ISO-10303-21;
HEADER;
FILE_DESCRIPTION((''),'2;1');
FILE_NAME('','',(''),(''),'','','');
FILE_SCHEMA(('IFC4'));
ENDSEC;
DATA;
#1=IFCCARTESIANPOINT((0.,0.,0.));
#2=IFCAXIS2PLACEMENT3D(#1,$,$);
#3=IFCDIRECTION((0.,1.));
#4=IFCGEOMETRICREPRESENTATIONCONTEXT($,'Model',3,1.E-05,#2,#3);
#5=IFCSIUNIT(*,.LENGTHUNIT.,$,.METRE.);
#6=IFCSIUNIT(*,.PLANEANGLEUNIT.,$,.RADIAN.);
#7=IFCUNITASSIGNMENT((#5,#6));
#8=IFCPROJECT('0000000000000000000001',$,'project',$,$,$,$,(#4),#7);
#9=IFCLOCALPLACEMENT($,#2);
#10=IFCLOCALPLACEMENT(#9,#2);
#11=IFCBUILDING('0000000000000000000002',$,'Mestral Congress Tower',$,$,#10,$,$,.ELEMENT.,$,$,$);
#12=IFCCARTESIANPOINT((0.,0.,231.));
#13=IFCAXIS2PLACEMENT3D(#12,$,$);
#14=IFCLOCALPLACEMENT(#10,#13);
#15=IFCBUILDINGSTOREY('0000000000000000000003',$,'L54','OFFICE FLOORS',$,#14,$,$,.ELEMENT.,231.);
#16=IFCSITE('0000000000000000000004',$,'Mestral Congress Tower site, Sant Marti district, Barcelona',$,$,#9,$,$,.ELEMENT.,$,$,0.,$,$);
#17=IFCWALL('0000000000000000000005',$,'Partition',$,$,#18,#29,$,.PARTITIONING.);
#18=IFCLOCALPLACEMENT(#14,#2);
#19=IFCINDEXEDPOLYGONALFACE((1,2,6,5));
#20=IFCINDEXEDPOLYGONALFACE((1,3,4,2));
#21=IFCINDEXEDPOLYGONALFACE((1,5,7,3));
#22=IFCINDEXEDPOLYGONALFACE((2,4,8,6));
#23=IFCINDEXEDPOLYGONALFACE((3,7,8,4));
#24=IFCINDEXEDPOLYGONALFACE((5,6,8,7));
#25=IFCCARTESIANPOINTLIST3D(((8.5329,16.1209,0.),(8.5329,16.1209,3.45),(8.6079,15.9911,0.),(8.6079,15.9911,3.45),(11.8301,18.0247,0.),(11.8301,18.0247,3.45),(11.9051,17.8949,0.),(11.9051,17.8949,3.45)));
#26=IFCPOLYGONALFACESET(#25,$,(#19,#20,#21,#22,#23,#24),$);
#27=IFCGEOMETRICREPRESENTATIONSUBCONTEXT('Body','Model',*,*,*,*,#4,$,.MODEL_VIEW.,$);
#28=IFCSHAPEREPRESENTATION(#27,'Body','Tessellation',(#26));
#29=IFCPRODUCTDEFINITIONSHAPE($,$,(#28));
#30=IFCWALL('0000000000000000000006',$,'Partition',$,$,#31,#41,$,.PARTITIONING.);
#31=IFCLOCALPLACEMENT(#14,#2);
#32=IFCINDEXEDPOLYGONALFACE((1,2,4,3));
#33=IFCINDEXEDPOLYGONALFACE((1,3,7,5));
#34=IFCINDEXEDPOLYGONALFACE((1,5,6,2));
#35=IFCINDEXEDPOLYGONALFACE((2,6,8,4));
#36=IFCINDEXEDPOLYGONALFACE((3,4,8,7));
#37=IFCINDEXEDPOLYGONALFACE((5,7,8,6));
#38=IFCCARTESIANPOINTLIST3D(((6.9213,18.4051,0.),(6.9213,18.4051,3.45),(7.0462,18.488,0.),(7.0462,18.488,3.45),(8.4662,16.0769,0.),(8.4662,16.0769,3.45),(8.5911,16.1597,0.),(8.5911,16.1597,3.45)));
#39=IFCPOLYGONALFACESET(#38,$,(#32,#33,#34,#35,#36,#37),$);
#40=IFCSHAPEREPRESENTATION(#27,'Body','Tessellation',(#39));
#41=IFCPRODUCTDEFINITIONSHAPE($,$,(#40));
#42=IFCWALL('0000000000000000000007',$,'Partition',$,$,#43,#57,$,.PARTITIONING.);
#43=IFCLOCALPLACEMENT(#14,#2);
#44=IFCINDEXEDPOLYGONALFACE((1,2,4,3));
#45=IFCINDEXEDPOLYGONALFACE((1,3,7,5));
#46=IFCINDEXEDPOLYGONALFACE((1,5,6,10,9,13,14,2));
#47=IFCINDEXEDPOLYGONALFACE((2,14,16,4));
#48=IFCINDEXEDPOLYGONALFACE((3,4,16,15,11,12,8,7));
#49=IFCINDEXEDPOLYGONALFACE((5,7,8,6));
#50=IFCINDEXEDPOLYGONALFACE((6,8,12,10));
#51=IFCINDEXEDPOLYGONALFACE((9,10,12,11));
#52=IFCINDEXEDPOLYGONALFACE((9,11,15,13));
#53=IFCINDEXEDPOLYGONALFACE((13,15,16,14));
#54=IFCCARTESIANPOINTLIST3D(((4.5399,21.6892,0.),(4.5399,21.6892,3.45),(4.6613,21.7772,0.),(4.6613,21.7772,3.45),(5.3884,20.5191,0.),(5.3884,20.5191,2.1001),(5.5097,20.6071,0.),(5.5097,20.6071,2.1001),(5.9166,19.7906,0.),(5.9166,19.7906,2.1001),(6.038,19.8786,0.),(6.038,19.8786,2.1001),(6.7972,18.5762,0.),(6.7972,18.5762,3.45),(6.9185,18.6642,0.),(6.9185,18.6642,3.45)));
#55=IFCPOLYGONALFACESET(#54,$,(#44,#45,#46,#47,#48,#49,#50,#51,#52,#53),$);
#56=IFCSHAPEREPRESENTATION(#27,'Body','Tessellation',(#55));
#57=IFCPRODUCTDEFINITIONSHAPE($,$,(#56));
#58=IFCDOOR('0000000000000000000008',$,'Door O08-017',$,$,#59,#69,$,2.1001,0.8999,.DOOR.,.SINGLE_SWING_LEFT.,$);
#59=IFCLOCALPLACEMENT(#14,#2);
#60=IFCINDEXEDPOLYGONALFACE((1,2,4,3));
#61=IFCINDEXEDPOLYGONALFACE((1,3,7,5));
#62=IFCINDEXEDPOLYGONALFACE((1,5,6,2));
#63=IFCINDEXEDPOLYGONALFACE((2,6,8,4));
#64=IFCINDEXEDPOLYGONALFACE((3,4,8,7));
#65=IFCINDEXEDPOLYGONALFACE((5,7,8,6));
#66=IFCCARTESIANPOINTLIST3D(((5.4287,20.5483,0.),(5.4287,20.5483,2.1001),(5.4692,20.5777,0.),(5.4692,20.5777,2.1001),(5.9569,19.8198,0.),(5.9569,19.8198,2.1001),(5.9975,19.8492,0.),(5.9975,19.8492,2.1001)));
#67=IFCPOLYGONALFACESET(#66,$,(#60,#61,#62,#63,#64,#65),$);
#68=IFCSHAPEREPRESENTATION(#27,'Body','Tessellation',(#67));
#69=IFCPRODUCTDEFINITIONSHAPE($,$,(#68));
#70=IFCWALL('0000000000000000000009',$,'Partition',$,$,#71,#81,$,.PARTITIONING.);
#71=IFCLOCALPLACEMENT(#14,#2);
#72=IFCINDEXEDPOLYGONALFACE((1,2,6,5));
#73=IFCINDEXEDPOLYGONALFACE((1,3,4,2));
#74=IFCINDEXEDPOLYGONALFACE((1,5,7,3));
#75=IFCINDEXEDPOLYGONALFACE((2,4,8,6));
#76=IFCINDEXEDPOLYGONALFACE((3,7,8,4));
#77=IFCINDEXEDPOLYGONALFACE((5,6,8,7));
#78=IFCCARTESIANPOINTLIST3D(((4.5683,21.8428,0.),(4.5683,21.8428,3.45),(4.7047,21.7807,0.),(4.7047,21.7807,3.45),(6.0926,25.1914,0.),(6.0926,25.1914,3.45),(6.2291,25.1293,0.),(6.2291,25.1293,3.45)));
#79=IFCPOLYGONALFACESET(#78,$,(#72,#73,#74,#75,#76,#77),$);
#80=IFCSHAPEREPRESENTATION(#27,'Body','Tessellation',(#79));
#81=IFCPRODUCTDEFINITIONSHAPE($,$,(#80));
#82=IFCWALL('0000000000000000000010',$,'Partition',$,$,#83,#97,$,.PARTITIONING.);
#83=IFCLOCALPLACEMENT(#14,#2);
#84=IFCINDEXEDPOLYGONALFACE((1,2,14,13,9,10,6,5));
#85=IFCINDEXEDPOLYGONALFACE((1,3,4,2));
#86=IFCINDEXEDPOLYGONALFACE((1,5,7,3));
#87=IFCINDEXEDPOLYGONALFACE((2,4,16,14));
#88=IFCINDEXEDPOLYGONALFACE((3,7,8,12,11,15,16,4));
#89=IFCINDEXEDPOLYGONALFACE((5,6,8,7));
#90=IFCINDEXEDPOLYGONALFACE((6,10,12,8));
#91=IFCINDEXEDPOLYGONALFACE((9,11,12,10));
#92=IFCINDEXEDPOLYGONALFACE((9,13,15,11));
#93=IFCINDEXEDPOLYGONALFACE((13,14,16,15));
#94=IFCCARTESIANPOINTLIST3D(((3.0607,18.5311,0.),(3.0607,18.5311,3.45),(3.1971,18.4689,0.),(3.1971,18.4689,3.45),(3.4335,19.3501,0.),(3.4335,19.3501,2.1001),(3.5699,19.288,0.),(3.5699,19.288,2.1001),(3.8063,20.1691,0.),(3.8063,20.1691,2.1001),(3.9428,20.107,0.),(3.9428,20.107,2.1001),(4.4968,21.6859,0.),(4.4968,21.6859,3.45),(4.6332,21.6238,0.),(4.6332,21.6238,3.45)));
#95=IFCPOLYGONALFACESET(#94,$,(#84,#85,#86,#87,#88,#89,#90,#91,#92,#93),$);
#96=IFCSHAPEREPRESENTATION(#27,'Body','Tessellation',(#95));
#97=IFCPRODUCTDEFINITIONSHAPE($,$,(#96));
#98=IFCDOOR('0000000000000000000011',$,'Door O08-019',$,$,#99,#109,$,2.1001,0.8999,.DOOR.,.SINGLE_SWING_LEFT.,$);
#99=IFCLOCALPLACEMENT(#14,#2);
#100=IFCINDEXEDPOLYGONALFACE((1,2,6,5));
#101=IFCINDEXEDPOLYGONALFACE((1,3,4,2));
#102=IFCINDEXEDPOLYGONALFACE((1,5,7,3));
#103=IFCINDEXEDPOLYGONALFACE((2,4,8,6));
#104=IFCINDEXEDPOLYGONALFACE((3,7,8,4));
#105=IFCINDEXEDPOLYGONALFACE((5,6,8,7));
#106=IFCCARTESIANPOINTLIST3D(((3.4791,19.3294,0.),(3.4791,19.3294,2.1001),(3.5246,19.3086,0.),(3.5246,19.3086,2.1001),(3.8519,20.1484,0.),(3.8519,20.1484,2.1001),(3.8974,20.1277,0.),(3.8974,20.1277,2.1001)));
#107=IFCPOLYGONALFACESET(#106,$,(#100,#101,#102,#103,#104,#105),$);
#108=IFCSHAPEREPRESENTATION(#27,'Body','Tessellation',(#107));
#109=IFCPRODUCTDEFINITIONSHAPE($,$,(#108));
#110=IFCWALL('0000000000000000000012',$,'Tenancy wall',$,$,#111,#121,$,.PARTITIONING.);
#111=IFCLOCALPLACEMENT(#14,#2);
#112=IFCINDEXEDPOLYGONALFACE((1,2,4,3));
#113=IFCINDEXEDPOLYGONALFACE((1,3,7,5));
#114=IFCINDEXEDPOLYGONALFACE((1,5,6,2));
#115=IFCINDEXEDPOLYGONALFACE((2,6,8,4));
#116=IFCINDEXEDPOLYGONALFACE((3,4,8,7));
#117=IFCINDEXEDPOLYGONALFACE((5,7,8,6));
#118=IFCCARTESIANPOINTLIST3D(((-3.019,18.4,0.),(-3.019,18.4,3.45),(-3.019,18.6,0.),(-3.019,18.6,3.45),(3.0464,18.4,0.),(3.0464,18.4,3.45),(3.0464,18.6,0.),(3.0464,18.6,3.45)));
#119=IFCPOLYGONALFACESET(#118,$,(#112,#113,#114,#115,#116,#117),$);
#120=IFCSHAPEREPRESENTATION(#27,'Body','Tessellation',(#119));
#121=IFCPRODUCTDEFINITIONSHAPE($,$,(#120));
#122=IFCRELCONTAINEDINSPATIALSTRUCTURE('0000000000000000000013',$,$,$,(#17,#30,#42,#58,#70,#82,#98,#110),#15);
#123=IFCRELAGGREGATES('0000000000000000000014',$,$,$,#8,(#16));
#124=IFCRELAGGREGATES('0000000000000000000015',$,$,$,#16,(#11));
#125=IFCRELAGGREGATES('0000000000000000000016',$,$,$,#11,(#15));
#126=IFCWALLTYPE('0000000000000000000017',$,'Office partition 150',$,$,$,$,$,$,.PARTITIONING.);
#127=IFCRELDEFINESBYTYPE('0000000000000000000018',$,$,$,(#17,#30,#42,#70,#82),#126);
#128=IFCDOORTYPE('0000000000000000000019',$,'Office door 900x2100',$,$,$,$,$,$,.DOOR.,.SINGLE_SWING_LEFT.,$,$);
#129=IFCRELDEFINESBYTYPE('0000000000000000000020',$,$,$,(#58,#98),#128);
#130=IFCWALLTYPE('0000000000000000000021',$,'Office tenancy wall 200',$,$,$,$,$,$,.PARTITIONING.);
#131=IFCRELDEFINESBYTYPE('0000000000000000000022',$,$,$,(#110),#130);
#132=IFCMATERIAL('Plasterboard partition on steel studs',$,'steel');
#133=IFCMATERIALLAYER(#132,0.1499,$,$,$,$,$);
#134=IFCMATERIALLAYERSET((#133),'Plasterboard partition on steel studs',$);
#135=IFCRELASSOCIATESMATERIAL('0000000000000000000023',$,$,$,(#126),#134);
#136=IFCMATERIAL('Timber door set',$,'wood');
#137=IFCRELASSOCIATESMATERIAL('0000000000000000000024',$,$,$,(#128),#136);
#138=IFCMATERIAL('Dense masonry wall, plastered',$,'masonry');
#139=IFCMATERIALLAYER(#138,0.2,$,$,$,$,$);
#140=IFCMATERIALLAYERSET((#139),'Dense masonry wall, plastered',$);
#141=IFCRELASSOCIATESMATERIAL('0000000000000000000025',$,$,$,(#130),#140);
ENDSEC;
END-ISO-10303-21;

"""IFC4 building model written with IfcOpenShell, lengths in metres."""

from ifc_helpers import new_model, si_unit, direction, frame, frame_2d, origin, place, context, subcontext, project, spatial, rectangle, extrude, material, layer, layer_set, type_object, element, fill, save


model = new_model("IFC4")

# Units and contexts
model_context = context("Model", 3, precision=1e-05, world=origin(), true_north=direction((0.0, 1.0)))
body_context = subcontext(model_context, "Body", "Model", "MODEL_VIEW")
ifc_project = project(units=[si_unit("LENGTHUNIT", "METRE"), si_unit("PLANEANGLEUNIT", "RADIAN")], contexts=[model_context])

# Site, building, storey
site_placement = place(None, origin())
site = spatial("IfcSite", under=ifc_project, at=site_placement, Name="Mestral Congress Tower site, Sant Marti district, Barcelona", CompositionType="ELEMENT", RefElevation=0.0)
building_placement = place(site_placement, origin())
building = spatial("IfcBuilding", under=site, at=building_placement, Name="Mestral Congress Tower", CompositionType="ELEMENT")
storey_placement = place(building_placement, frame((0.0, 0.0, 231.0)))
storey = spatial("IfcBuildingStorey", under=building, at=storey_placement, Name="L54", Description="OFFICE FLOORS", CompositionType="ELEMENT", Elevation=231.0)

# Walls
ifc_material_1 = material(Name="Plasterboard partition on steel studs", Category="steel")
ifc_layer_1 = layer(ifc_material_1, 0.1499)
ifc_layer_set_1 = layer_set([ifc_layer_1], Name="Plasterboard partition on steel studs")
wall_type_1 = type_object("IfcWallType", Name="Office partition 150", PredefinedType="PARTITIONING", material=ifc_layer_set_1)
wall_1_placement = place(storey_placement, frame((8.5703, 16.0559, 0.0), z_axis=(0.0, 0.0, 1.0), x_axis=(0.866001, 0.500043, 0.0)))
element("IfcWall", 1, at=wall_1_placement, inside=storey, type_object=wall_type_1, Name="Partition", PredefinedType="PARTITIONING", context=body_context, shape_type="SweptSolid", body=[
    extrude(rectangle(XDim=3.8074, YDim=0.1499, at=frame_2d((1.9038, 0.0))), origin(), (0.0, 0.0, 1.0), 3.45),
])
wall_2_placement = place(storey_placement, frame((8.5286, 16.1184, 0.0), z_axis=(0.0, 0.0, 1.0), x_axis=(-0.552884, 0.833258, 0.0)))
element("IfcWall", 2, at=wall_2_placement, inside=storey, type_object=wall_type_1, Name="Partition", PredefinedType="PARTITIONING", context=body_context, shape_type="SweptSolid", body=[
    extrude(rectangle(XDim=2.7942, YDim=0.1499, at=frame_2d((1.397, 0.0))), origin(), (0.0, 0.0, 1.0), 3.45),
])

# Wall, opening, door
wall_3_placement = place(storey_placement, frame((4.6006, 21.7332, 0.0), z_axis=(0.0, 0.0, 1.0), x_axis=(0.587031, -0.809564, 0.0)))
wall_3 = element("IfcWall", 3, at=wall_3_placement, inside=storey, type_object=wall_type_1, Name="Partition", PredefinedType="PARTITIONING", context=body_context, shape_type="SweptSolid", body=[
    extrude(rectangle(XDim=3.8452, YDim=0.1499, at=frame_2d((1.9226, 0.0))), origin(), (0.0, 0.0, 1.0), 3.45),
])
opening_1_placement = place(wall_3_placement, frame((1.4453, 0.0, 0.0)))
opening_1 = element("IfcOpeningElement", 4, at=opening_1_placement, cuts=wall_3, PredefinedType="OPENING", context=body_context, shape_type="SweptSolid", body=[
    extrude(rectangle(XDim=0.8999, YDim=2.1001, at=frame_2d((0.45, 1.05))), frame((0.0, 0.085, 0.0), z_axis=(0.0, -1.0, 0.0), x_axis=(1.0, 0.0, 0.0)), (0.0, 0.0, 1.0), 0.1699),
])
ifc_material_2 = material(Name="Timber door set", Category="wood")
door_type = type_object("IfcDoorType", Name="Office door 900x2100", OperationType="SINGLE_SWING_LEFT", PredefinedType="DOOR", material=ifc_material_2)
door_1_placement = place(opening_1_placement, origin())
door_1 = element("IfcDoor", 5, at=door_1_placement, inside=storey, type_object=door_type, Name="Door O08-017", OperationType="SINGLE_SWING_LEFT", OverallHeight=2.1001, OverallWidth=0.8999, PredefinedType="DOOR", context=body_context, shape_type="SweptSolid", body=[
    extrude(rectangle(XDim=0.8999, YDim=2.1001, at=frame_2d((0.45, 1.05))), frame((0.0, 0.0249, 0.0), z_axis=(0.0, -1.0, 0.0), x_axis=(1.0, 0.0, 0.0)), (0.0, 0.0, 1.0), 0.05),
])
fill(opening_1, door_1)

# Wall
wall_4_placement = place(storey_placement, frame((4.6365, 21.8118, 0.0), z_axis=(0.0, 0.0, 1.0), x_axis=(0.414323, 0.91013, 0.0)))
element("IfcWall", 6, at=wall_4_placement, inside=storey, type_object=wall_type_1, Name="Partition", PredefinedType="PARTITIONING", context=body_context, shape_type="SweptSolid", body=[
    extrude(rectangle(XDim=3.6792, YDim=0.1499, at=frame_2d((1.8396, 0.0))), origin(), (0.0, 0.0, 1.0), 3.45),
])

# Wall, opening, door
wall_5_placement = place(storey_placement, frame((3.1289, 18.5, 0.0), z_axis=(0.0, 0.0, 1.0), x_axis=(0.414291, 0.910144, 0.0)))
wall_5 = element("IfcWall", 7, at=wall_5_placement, inside=storey, type_object=wall_type_1, Name="Partition", PredefinedType="PARTITIONING", context=body_context, shape_type="SweptSolid", body=[
    extrude(rectangle(XDim=3.4663, YDim=0.1499, at=frame_2d((1.7332, 0.0))), origin(), (0.0, 0.0, 1.0), 3.45),
])
opening_2_placement = place(wall_5_placement, frame((0.8999, 0.0, 0.0)))
opening_2 = element("IfcOpeningElement", 8, at=opening_2_placement, cuts=wall_5, PredefinedType="OPENING", context=body_context, shape_type="SweptSolid", body=[
    extrude(rectangle(XDim=0.8999, YDim=2.1001, at=frame_2d((0.45, 1.05))), frame((0.0, 0.085, 0.0), z_axis=(0.0, -1.0, 0.0), x_axis=(1.0, 0.0, 0.0)), (0.0, 0.0, 1.0), 0.1699),
])
door_2_placement = place(opening_2_placement, origin())
door_2 = element("IfcDoor", 9, at=door_2_placement, inside=storey, type_object=door_type, Name="Door O08-019", OperationType="SINGLE_SWING_LEFT", OverallHeight=2.1001, OverallWidth=0.8999, PredefinedType="DOOR", context=body_context, shape_type="SweptSolid", body=[
    extrude(rectangle(XDim=0.8999, YDim=2.1001, at=frame_2d((0.45, 1.05))), frame((0.0, 0.0249, 0.0), z_axis=(0.0, -1.0, 0.0), x_axis=(1.0, 0.0, 0.0)), (0.0, 0.0, 1.0), 0.05),
])
fill(opening_2, door_2)

# Wall
ifc_material_3 = material(Name="Dense masonry wall, plastered", Category="masonry")
ifc_layer_2 = layer(ifc_material_3, 0.2)
ifc_layer_set_2 = layer_set([ifc_layer_2], Name="Dense masonry wall, plastered")
wall_type_2 = type_object("IfcWallType", Name="Office tenancy wall 200", PredefinedType="PARTITIONING", material=ifc_layer_set_2)
wall_6_placement = place(storey_placement, frame((3.0464, 18.5, 0.0), z_axis=(0.0, 0.0, 1.0), x_axis=(-1.0, 0.0, 0.0)))
element("IfcWall", 10, at=wall_6_placement, inside=storey, type_object=wall_type_2, Name="Tenancy wall", PredefinedType="PARTITIONING", context=body_context, shape_type="SweptSolid", body=[
    extrude(rectangle(XDim=6.0654, YDim=0.2, at=frame_2d((3.0327, 0.0))), origin(), (0.0, 0.0, 1.0), 3.45),
])

save(model, "model.ifc")
